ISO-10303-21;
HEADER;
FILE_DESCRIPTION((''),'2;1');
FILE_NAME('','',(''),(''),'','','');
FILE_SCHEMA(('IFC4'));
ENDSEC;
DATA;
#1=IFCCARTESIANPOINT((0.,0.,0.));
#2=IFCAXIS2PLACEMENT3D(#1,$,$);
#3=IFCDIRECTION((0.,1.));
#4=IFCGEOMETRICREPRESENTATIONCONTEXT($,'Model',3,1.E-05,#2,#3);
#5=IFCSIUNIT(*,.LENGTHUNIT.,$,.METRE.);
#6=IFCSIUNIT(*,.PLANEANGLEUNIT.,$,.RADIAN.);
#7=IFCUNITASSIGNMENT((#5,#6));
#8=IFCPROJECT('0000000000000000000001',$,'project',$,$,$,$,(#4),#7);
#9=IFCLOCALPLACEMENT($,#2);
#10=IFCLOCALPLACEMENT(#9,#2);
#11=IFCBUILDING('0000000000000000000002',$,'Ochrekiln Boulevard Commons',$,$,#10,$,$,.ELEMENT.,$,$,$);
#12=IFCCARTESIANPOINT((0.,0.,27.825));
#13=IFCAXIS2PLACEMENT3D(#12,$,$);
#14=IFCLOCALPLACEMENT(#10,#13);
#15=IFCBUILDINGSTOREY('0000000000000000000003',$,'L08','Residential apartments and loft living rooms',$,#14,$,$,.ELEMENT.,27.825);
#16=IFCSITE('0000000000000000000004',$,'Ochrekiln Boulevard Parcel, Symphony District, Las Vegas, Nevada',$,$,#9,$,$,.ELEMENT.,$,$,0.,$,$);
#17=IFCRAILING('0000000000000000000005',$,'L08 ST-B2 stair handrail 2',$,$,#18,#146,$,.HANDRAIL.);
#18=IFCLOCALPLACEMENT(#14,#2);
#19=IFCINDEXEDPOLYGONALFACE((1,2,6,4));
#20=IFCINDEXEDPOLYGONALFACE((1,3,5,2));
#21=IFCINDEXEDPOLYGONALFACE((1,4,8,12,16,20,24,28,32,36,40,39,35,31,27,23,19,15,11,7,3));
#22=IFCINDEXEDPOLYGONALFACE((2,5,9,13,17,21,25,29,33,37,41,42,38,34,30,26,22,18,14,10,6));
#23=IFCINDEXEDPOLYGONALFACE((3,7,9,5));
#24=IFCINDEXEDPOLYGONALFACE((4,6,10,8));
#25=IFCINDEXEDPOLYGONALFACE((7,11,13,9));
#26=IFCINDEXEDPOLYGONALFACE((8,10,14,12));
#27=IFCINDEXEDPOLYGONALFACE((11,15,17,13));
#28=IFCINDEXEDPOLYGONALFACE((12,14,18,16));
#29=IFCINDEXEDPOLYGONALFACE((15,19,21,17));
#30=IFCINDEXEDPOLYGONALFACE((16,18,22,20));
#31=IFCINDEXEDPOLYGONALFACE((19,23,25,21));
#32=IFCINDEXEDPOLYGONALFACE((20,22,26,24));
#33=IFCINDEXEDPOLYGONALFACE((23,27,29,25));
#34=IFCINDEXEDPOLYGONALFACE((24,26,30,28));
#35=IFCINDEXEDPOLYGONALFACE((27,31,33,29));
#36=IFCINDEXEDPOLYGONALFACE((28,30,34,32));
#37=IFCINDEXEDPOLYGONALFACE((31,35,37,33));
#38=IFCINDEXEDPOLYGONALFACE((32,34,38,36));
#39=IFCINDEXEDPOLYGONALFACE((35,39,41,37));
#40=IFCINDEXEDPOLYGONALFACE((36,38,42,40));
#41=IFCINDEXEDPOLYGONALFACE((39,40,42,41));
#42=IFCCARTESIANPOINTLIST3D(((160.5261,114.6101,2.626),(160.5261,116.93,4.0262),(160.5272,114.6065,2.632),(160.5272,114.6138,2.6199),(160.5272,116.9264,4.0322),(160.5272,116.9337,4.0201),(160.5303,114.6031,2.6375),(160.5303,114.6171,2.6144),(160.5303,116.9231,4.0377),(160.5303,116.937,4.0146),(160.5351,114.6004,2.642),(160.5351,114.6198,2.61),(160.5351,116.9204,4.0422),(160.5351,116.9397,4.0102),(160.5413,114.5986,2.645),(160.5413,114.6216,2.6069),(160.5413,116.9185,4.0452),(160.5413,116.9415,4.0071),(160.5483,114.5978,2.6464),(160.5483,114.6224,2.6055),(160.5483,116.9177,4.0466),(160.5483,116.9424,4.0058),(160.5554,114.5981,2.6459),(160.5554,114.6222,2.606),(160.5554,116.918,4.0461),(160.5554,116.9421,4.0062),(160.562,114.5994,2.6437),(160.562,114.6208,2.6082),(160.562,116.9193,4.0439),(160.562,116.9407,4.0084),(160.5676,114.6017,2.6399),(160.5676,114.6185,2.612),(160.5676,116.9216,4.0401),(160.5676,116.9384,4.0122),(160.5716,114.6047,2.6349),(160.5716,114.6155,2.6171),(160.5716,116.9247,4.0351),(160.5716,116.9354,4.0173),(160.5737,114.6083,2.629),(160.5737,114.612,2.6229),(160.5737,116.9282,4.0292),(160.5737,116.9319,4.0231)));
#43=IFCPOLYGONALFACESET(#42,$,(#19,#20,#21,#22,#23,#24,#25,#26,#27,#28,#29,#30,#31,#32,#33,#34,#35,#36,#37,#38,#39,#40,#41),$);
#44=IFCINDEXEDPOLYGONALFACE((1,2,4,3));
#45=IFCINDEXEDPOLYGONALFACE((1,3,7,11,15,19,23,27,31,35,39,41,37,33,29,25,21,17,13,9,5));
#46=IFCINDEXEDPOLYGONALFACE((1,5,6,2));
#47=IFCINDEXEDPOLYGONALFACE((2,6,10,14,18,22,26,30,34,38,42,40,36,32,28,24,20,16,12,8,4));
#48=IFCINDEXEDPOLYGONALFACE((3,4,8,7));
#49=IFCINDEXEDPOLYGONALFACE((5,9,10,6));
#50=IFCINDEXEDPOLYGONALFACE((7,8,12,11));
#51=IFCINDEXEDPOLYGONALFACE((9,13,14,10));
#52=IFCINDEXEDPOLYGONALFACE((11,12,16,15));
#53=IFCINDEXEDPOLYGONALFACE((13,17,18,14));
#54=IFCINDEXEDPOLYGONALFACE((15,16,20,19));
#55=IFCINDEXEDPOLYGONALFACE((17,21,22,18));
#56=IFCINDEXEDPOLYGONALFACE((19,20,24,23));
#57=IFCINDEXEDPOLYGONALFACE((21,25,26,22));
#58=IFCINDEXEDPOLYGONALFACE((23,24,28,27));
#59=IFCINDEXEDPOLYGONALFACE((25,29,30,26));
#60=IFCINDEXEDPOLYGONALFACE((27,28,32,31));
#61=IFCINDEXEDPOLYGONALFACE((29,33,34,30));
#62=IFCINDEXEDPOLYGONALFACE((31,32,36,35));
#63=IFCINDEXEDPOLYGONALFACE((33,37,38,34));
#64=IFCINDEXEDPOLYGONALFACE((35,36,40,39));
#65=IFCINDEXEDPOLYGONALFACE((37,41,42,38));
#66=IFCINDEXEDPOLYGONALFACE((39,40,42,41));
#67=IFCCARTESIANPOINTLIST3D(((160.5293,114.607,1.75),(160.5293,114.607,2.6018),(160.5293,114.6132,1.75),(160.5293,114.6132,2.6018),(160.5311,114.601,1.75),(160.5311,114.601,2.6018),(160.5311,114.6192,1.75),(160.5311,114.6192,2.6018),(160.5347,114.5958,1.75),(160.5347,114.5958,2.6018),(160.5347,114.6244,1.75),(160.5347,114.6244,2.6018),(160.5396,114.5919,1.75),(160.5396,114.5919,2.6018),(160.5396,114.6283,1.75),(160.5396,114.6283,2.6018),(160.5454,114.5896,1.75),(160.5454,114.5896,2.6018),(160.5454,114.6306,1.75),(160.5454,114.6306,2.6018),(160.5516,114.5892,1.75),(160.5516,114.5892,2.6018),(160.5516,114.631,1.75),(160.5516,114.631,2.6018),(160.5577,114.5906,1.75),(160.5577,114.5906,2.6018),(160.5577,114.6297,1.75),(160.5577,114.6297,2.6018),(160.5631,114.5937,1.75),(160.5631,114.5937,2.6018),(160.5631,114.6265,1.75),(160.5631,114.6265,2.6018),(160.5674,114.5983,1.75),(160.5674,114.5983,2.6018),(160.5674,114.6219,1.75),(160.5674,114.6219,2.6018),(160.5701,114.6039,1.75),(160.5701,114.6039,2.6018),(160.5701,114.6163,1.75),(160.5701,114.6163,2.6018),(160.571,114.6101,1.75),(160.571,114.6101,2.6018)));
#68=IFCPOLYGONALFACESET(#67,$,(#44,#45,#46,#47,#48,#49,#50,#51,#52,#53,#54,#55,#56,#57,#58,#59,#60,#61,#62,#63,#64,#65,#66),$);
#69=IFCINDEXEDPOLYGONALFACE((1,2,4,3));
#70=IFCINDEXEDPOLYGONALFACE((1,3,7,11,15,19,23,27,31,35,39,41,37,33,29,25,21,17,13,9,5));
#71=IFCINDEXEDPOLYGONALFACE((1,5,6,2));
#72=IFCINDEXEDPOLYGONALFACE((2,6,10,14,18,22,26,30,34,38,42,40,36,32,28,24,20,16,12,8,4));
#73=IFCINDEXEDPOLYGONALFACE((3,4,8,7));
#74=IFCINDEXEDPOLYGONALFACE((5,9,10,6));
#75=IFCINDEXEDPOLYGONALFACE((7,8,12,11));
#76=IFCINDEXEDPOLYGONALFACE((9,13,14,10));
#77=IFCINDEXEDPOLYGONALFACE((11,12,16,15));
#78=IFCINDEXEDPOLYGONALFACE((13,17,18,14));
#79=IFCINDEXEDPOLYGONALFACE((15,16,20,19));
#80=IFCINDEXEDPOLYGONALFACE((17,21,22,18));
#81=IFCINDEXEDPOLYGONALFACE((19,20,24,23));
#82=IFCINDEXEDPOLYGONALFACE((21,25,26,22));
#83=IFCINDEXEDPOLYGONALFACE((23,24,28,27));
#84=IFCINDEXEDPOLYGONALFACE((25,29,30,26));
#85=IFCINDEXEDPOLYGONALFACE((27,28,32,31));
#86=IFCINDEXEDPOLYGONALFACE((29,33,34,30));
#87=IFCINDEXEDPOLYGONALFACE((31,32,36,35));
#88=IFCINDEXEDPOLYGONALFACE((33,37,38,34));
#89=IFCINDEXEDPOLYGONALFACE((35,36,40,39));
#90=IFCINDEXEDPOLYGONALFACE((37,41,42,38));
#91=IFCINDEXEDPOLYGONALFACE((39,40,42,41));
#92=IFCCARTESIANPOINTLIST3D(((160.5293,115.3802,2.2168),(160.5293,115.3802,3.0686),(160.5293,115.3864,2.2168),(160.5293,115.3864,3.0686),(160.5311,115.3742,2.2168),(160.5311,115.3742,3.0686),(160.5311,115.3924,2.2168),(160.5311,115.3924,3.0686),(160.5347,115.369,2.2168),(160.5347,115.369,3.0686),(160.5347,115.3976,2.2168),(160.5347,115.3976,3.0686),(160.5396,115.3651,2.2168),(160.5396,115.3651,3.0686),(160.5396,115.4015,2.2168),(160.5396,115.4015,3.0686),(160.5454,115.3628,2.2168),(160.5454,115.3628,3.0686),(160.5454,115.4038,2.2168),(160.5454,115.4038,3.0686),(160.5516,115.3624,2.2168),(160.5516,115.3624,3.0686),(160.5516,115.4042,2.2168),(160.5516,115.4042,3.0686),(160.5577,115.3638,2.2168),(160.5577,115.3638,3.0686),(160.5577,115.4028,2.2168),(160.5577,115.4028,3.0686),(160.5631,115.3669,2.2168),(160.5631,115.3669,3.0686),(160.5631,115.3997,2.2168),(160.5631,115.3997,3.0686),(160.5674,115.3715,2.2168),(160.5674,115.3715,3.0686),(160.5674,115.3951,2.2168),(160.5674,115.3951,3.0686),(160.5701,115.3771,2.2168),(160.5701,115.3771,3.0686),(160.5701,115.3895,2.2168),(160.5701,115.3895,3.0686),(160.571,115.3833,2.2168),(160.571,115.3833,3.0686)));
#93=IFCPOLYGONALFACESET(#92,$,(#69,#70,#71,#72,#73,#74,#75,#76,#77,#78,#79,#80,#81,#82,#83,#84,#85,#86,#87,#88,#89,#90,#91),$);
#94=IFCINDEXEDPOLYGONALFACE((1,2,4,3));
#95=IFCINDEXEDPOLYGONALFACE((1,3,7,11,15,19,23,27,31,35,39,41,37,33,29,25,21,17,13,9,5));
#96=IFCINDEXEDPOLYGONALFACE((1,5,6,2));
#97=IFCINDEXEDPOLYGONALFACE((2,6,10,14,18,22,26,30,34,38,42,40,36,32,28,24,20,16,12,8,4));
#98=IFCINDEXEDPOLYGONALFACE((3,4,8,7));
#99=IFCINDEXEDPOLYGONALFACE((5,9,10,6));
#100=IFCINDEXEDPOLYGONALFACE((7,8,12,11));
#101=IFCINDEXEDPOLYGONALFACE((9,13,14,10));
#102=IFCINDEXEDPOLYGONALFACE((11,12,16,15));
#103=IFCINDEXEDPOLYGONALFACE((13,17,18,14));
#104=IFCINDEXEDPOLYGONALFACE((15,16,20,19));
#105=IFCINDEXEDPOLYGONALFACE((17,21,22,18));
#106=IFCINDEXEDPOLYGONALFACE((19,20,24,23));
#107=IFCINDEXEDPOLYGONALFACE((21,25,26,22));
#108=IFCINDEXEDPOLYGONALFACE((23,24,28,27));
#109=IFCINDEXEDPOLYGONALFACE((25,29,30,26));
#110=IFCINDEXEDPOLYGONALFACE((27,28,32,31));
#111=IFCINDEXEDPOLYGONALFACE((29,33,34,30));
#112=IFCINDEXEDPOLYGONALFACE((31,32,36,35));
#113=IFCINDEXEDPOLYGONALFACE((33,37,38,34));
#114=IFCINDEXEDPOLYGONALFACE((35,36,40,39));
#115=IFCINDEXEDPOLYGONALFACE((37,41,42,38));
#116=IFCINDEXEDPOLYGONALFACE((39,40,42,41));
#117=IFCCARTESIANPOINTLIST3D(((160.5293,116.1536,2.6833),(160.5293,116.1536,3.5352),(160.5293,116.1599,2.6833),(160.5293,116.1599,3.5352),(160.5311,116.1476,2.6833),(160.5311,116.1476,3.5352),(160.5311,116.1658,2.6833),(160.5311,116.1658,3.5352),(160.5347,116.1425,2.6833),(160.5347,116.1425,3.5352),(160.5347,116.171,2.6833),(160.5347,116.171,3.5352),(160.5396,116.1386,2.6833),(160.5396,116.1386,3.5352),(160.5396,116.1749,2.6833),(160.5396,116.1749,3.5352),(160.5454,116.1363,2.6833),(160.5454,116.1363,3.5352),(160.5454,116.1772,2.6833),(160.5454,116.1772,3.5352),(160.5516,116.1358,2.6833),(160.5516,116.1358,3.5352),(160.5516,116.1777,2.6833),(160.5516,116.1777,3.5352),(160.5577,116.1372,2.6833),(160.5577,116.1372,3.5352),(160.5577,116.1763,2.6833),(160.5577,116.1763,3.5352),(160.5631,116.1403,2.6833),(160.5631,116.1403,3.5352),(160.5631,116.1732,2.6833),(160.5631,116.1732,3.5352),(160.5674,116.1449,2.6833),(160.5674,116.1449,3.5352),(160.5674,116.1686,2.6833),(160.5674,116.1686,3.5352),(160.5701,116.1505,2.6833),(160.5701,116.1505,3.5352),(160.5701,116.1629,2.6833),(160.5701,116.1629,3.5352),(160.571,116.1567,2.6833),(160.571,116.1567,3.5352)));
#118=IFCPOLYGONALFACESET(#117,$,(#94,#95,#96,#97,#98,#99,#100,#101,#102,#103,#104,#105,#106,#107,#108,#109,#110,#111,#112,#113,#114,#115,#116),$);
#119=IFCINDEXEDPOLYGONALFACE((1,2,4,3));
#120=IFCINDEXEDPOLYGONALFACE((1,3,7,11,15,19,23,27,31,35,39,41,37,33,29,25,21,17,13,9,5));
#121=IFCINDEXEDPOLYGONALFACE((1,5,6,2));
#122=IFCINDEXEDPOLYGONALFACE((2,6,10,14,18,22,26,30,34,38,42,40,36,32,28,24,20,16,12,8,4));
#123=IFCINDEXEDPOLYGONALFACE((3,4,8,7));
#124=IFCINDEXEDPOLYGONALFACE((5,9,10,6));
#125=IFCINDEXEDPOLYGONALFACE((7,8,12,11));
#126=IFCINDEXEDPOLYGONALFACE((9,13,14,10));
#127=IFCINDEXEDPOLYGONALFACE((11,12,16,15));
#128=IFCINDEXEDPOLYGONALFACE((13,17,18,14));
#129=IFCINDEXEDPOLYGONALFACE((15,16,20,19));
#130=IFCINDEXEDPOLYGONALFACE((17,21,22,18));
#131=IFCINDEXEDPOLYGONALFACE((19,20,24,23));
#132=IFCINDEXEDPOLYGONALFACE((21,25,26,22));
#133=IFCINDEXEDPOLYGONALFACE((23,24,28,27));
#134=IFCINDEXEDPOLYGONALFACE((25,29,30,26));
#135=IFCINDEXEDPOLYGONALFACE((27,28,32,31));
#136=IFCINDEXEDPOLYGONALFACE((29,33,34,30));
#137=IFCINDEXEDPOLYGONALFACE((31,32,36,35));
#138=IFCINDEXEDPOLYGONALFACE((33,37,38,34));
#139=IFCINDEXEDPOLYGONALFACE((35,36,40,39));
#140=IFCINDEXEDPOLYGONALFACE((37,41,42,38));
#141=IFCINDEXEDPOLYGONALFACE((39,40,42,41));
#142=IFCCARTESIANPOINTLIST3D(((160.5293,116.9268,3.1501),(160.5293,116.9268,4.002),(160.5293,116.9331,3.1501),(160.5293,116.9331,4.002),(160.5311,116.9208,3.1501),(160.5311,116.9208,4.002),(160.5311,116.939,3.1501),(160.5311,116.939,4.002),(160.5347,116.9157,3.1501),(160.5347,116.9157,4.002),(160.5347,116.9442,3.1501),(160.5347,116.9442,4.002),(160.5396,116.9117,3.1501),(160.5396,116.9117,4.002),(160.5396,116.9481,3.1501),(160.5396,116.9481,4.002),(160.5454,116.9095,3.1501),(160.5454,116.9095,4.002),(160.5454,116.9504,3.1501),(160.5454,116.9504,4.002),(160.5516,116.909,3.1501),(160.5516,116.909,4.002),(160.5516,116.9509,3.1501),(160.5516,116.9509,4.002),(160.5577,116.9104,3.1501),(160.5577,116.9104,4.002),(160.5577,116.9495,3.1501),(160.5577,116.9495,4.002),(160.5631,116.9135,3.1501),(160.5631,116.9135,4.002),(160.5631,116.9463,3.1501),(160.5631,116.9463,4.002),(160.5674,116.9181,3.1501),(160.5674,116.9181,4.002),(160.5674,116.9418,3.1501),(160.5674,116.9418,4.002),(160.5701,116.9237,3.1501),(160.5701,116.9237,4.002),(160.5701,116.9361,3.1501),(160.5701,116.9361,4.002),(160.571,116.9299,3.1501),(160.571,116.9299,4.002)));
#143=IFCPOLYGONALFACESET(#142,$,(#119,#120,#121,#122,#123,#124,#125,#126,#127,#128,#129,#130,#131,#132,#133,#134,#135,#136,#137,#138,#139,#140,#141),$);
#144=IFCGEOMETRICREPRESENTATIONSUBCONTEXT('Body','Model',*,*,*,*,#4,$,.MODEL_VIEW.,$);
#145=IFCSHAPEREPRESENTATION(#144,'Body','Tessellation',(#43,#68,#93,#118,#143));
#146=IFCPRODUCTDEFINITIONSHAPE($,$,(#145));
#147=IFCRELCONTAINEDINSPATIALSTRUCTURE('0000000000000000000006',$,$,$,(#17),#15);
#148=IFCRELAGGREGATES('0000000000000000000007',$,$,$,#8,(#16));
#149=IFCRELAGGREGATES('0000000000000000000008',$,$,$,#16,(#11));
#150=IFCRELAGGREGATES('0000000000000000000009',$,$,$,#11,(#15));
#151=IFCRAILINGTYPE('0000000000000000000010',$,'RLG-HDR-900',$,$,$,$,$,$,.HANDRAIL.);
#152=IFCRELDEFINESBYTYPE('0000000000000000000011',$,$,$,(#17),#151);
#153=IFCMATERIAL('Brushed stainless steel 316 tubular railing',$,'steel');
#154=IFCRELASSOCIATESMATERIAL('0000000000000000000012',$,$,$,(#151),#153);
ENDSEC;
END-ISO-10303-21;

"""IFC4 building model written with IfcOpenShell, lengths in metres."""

from ifc_helpers import new_model, si_unit, direction, frame, origin, origin_2d, place, context, subcontext, project, spatial, circle, extrude, material, type_object, element, save


model = new_model("IFC4")

# Units and contexts
model_context = context("Model", 3, precision=1e-05, world=origin(), true_north=direction((0.0, 1.0)))
body_context = subcontext(model_context, "Body", "Model", "MODEL_VIEW")
ifc_project = project(units=[si_unit("LENGTHUNIT", "METRE"), si_unit("PLANEANGLEUNIT", "RADIAN")], contexts=[model_context])

# Site, building, storey
site_placement = place(None, origin())
site = spatial("IfcSite", under=ifc_project, at=site_placement, Name="Ochrekiln Boulevard Parcel, Symphony District, Las Vegas, Nevada", CompositionType="ELEMENT", RefElevation=0.0)
building_placement = place(site_placement, origin())
building = spatial("IfcBuilding", under=site, at=building_placement, Name="Ochrekiln Boulevard Commons", CompositionType="ELEMENT")
storey_placement = place(building_placement, frame((0.0, 0.0, 27.825)))
storey = spatial("IfcBuildingStorey", under=building, at=storey_placement, Name="L08", Description="Residential apartments and loft living rooms", CompositionType="ELEMENT", Elevation=27.825)

# Railing
ifc_material_1 = material(Name="Brushed stainless steel 316 tubular railing", Category="steel")
railing_type = type_object("IfcRailingType", Name="RLG-HDR-900", PredefinedType="HANDRAIL", material=ifc_material_1)
railing_placement = place(storey_placement, frame((160.55, 114.6101, 1.75)))
element("IfcRailing", 1, at=railing_placement, inside=storey, type_object=railing_type, Name="L08 ST-B2 stair handrail 2", PredefinedType="HANDRAIL", context=body_context, shape_type="SweptSolid", body=[
    extrude(circle(Radius=0.0239, at=origin_2d()), frame((0.0, 0.0, 0.876), z_axis=(0.0, 0.856146, 0.516733), x_axis=(-1.0, 0.0, 0.0)), (0.0, 0.0, 1.0), 2.7097),
    extrude(circle(Radius=0.021, at=origin_2d()), origin(), (0.0, 0.0, 1.0), 0.8518),
    extrude(circle(Radius=0.021, at=origin_2d()), frame((0.0, 0.7732, 0.4668)), (0.0, 0.0, 1.0), 0.8518),
    extrude(circle(Radius=0.021, at=origin_2d()), frame((0.0, 1.5466, 0.9333)), (0.0, 0.0, 1.0), 0.8518),
    extrude(circle(Radius=0.021, at=origin_2d()), frame((0.0, 2.3198, 1.4001)), (0.0, 0.0, 1.0), 0.8518),
])

save(model, "model.ifc")
